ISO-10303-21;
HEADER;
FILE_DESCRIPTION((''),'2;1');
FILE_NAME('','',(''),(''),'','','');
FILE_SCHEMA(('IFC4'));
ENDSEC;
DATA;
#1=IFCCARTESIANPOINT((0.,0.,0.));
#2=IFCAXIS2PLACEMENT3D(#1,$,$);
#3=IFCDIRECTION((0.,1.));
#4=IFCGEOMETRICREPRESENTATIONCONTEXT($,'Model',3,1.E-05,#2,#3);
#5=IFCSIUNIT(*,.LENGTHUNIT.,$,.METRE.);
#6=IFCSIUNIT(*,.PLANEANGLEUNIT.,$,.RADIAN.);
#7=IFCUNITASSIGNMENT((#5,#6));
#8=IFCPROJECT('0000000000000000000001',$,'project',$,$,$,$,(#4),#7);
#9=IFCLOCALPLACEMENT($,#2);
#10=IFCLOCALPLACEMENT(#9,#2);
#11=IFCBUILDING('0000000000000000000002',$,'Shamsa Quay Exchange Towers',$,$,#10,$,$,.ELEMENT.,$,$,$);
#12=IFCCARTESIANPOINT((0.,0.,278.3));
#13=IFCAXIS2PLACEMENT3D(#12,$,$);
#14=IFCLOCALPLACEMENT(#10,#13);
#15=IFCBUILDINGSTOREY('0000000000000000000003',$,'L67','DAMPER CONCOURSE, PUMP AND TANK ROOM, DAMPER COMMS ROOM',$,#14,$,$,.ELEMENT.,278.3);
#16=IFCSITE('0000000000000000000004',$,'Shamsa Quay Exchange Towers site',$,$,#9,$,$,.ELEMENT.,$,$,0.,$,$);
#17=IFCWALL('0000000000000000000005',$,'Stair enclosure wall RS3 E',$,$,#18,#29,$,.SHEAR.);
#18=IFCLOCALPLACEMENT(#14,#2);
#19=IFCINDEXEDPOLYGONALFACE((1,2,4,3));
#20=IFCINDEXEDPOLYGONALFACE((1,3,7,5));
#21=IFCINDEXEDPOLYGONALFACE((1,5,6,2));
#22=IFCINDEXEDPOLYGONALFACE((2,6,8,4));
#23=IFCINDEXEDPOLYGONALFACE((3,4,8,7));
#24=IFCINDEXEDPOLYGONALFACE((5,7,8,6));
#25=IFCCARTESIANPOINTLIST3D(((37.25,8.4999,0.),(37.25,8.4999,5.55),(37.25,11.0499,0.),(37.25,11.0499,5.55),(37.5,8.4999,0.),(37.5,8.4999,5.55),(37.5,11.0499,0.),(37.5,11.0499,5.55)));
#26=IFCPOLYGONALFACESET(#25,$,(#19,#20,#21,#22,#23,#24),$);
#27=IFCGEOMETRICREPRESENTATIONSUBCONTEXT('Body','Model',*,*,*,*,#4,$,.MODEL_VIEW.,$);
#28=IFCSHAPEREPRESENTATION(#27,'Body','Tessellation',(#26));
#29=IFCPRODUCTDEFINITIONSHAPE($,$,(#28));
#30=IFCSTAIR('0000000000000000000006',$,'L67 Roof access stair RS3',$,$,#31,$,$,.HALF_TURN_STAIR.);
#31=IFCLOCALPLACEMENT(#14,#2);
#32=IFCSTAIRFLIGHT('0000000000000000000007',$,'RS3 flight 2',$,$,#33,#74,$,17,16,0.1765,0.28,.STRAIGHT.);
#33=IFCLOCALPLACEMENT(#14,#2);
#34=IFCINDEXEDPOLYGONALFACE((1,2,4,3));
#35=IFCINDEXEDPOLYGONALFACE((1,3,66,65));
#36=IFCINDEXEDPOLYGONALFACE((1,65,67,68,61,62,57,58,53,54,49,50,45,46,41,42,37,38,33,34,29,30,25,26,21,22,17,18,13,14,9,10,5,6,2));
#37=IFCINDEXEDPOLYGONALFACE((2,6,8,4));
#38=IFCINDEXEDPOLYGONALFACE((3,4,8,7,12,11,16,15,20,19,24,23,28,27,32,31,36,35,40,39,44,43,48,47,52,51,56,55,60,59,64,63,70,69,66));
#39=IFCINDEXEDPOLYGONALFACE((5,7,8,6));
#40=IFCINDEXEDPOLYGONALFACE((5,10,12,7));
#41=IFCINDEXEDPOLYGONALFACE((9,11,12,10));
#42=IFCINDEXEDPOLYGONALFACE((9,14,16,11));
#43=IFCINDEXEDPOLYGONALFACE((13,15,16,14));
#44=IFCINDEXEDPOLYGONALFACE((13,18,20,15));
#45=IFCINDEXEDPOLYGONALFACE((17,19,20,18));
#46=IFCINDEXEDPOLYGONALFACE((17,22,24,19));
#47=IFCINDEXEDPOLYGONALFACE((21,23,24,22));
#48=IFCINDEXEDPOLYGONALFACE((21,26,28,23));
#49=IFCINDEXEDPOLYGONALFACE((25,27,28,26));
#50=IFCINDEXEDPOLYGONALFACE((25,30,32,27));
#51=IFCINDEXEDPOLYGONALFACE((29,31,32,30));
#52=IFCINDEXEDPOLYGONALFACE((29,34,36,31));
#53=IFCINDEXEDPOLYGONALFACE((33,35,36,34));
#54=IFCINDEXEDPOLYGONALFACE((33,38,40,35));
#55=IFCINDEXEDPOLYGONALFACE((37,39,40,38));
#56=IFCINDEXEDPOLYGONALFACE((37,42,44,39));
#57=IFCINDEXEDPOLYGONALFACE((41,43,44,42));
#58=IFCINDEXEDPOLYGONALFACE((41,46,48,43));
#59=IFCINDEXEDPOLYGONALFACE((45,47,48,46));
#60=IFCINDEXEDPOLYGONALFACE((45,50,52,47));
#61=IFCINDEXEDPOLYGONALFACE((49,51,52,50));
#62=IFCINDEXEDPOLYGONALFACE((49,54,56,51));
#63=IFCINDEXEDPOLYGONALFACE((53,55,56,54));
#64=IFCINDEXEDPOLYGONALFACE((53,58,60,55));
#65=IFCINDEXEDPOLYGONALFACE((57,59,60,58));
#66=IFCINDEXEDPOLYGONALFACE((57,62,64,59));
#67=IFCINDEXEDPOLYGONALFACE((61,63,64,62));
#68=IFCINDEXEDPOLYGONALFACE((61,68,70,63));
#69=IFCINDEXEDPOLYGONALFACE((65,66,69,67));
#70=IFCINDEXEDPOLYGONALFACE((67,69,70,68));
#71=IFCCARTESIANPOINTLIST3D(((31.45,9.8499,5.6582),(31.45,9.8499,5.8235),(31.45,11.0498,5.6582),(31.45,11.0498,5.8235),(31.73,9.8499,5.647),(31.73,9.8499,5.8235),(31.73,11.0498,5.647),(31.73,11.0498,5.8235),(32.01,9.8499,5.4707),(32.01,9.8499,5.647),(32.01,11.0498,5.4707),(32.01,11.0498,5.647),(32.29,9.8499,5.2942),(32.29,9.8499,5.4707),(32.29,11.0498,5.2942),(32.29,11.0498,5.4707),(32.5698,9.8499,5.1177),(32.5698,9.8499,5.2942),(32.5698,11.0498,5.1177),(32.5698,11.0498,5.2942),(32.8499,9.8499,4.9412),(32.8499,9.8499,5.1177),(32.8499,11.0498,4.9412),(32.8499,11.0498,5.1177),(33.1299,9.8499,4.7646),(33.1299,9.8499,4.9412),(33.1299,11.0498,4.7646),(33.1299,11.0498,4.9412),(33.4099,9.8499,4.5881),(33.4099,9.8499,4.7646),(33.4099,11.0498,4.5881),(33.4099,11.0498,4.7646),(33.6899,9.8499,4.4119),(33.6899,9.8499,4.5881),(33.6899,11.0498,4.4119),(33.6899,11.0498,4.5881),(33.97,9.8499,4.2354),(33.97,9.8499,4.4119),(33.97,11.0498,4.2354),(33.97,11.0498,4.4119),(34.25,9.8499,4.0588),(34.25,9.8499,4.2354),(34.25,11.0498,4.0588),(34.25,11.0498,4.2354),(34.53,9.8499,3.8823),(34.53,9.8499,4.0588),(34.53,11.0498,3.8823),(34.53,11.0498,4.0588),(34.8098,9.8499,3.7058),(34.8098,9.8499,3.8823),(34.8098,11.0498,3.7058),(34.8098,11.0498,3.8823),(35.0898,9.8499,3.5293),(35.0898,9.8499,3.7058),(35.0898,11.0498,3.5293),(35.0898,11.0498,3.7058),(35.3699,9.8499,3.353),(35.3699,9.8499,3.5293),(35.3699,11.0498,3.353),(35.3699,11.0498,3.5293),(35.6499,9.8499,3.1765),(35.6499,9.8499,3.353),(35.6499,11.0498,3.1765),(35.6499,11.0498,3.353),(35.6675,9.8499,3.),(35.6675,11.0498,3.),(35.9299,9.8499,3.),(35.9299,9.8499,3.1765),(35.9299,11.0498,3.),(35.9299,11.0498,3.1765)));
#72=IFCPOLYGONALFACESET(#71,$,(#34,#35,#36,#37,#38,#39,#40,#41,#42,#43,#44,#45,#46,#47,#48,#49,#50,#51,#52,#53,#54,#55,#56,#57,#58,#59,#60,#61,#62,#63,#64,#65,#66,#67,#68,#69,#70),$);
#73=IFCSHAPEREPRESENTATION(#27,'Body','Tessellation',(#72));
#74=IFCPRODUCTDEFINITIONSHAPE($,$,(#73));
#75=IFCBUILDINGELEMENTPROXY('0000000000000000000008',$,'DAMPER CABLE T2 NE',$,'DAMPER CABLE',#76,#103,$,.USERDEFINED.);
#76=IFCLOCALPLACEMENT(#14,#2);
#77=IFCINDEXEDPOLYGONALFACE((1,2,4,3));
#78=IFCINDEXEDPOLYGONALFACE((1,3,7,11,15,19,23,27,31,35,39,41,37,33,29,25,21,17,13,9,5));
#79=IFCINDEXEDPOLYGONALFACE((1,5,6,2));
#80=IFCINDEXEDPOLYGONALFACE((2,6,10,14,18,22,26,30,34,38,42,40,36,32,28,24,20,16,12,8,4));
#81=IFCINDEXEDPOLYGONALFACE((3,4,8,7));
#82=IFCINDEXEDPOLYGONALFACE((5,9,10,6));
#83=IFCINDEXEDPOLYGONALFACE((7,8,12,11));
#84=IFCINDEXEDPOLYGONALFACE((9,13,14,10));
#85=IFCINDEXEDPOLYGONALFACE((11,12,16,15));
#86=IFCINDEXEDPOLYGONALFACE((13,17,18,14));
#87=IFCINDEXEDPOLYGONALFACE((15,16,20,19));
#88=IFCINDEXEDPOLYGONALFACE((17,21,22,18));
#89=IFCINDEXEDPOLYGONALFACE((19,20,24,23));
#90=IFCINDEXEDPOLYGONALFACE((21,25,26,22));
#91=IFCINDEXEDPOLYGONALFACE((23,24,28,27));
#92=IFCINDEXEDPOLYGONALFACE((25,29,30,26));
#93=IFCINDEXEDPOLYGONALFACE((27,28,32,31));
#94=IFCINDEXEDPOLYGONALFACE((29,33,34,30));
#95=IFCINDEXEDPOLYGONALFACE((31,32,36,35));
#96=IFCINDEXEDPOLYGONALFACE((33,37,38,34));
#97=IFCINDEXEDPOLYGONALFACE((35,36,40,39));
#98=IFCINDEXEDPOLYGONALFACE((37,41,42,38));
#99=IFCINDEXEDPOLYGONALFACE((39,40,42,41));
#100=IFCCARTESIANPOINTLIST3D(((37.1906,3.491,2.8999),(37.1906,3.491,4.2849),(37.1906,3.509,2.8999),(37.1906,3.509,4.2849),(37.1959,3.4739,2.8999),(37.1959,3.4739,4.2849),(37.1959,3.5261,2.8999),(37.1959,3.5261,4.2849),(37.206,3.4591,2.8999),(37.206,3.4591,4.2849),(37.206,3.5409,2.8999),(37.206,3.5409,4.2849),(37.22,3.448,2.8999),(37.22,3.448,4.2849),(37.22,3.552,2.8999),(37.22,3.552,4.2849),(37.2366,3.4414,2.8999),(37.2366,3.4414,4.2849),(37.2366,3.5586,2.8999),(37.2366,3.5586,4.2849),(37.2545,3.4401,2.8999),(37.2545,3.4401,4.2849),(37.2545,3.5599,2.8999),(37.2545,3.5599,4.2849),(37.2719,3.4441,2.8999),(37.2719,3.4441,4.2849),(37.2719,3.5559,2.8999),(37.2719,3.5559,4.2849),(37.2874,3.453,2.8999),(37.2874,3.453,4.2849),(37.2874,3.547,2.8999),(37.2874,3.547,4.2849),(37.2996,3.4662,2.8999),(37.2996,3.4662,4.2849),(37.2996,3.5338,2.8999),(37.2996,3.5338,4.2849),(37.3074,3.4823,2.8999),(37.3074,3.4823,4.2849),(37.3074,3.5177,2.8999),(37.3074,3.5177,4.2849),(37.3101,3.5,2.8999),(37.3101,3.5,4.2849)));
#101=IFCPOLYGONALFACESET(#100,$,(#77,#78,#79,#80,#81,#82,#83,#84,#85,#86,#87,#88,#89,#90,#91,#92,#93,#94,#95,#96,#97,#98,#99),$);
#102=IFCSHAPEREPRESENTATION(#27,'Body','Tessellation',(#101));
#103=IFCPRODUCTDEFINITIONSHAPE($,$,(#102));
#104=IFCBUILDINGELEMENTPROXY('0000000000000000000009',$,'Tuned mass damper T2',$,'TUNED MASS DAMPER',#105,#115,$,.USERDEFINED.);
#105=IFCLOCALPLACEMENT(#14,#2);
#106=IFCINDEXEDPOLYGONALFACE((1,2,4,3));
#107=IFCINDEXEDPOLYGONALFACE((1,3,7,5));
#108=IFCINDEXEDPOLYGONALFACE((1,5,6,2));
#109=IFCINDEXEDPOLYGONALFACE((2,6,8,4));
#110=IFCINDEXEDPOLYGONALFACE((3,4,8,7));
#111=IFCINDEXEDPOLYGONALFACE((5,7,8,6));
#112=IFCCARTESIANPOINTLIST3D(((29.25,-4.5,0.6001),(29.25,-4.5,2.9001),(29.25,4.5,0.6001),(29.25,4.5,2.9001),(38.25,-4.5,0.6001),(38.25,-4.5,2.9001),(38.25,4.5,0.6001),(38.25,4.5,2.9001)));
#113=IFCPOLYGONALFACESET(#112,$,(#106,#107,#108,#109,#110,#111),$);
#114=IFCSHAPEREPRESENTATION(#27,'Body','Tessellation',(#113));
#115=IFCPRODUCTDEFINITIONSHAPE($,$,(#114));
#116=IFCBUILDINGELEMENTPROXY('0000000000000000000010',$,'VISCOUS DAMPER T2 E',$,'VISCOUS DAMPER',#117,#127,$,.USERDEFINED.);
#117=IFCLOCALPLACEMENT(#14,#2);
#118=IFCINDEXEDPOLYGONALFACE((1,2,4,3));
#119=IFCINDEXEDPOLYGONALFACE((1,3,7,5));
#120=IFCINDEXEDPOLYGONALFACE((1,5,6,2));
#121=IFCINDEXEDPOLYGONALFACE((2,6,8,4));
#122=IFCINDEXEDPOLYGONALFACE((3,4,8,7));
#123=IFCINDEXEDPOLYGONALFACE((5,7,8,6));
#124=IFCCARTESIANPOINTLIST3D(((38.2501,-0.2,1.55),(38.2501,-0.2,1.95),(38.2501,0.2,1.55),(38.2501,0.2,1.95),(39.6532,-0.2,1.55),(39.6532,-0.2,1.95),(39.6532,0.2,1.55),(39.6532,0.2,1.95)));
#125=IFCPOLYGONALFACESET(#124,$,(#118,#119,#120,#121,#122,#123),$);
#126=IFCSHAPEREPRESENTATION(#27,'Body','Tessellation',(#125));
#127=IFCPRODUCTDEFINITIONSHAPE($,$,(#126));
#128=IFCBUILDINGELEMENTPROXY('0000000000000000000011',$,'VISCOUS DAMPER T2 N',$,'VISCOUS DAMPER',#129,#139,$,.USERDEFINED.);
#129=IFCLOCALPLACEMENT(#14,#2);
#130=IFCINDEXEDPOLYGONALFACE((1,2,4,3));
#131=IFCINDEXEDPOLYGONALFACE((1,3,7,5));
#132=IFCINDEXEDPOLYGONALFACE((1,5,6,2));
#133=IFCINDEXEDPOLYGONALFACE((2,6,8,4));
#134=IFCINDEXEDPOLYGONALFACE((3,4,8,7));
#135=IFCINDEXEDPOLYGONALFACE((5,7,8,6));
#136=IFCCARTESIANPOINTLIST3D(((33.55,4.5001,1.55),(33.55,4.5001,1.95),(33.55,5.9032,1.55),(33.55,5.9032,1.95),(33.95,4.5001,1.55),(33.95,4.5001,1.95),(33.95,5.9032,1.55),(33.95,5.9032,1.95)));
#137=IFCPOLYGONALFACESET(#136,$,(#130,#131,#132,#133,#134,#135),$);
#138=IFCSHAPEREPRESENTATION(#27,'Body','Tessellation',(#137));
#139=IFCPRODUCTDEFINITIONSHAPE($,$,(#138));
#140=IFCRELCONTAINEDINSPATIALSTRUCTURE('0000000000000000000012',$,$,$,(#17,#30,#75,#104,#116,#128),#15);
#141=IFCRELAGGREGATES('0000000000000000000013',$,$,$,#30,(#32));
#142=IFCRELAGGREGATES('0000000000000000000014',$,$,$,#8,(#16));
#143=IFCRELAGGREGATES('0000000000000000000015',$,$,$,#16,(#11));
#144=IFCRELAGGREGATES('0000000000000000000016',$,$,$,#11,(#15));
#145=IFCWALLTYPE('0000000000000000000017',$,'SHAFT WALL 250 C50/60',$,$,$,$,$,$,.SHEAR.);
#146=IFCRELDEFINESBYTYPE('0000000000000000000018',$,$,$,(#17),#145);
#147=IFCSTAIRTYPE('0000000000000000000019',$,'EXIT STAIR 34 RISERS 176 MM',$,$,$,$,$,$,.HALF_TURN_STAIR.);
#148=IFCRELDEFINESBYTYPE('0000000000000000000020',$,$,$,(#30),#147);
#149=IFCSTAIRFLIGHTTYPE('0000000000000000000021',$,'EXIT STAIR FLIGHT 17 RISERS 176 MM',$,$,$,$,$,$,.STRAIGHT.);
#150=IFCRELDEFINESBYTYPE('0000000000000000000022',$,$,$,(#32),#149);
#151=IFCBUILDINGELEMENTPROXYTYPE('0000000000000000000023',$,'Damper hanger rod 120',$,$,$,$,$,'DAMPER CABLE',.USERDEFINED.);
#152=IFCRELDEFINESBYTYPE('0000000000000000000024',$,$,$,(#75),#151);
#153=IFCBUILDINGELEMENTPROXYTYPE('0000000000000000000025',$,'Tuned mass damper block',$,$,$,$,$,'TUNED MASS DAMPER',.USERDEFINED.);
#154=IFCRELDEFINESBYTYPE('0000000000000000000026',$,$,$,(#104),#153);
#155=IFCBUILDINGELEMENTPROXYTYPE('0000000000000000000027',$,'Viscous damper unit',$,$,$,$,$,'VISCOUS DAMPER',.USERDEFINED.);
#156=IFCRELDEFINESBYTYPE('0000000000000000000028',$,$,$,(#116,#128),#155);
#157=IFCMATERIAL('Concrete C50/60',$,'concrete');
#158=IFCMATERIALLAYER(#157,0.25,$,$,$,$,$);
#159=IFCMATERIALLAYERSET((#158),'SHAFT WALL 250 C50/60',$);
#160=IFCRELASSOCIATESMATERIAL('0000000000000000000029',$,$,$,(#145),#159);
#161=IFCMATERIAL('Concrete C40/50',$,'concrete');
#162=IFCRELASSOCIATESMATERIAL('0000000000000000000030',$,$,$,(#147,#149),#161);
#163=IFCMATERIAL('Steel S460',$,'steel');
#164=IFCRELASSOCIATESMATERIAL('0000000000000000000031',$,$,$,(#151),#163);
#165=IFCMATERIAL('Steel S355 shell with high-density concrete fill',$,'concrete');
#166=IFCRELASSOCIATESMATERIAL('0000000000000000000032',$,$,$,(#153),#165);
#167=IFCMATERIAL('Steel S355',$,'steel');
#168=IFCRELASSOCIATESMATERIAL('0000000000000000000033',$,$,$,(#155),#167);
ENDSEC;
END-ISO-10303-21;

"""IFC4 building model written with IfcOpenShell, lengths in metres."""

from ifc_helpers import new_model, si_unit, direction, frame, frame_2d, origin, origin_2d, place, context, subcontext, project, spatial, polyline, rectangle, circle, outline, extrude, material, layer, layer_set, material_profile, profile_set, type_object, element, aggregate, save


model = new_model("IFC4")

# Units and contexts
model_context = context("Model", 3, precision=1e-05, world=origin(), true_north=direction((0.0, 1.0)))
body_context = subcontext(model_context, "Body", "Model", "MODEL_VIEW")
ifc_project = project(units=[si_unit("LENGTHUNIT", "METRE"), si_unit("PLANEANGLEUNIT", "RADIAN")], contexts=[model_context])

# Site, building, storey
site_placement = place(None, origin())
site = spatial("IfcSite", under=ifc_project, at=site_placement, Name="Shamsa Quay Exchange Towers site", CompositionType="ELEMENT", RefElevation=0.0)
building_placement = place(site_placement, origin())
building = spatial("IfcBuilding", under=site, at=building_placement, Name="Shamsa Quay Exchange Towers", CompositionType="ELEMENT")
storey_placement = place(building_placement, frame((0.0, 0.0, 278.3)))
storey = spatial("IfcBuildingStorey", under=building, at=storey_placement, Name="L67", Description="DAMPER CONCOURSE, PUMP AND TANK ROOM, DAMPER COMMS ROOM", CompositionType="ELEMENT", Elevation=278.3)

# Shared definitions
ifc_material_1 = material(Name="Steel S355", Category="steel")

# Shared definitions
ifc_material_2 = material(Name="Concrete C50/60", Category="concrete")
ifc_layer_1 = layer(ifc_material_2, 0.25)
ifc_layer_set_1 = layer_set([ifc_layer_1], Name="SHAFT WALL 250 C50/60")
wall_type_1 = type_object("IfcWallType", Name="SHAFT WALL 250 C50/60", PredefinedType="SHEAR", material=ifc_layer_set_1)

# Wall
wall_1_placement = place(storey_placement, frame((37.375, 8.5, 0.0), z_axis=(0.0, 0.0, 1.0), x_axis=(0.0, 1.0, 0.0)))
element("IfcWall", 1, at=wall_1_placement, inside=storey, type_object=wall_type_1, Name="Stair enclosure wall RS3 E", PredefinedType="SHEAR", context=body_context, shape_type="SweptSolid", body=[
    extrude(rectangle(XDim=2.55, YDim=0.25, at=frame_2d((1.2749, 0.0))), origin(), (0.0, 0.0, 1.0), 5.55),
])

# Stair, stair flight
ifc_material_3 = material(Name="Concrete C40/50", Category="concrete")
stair_type = type_object("IfcStairType", Name="EXIT STAIR 34 RISERS 176 MM", PredefinedType="HALF_TURN_STAIR", material=ifc_material_3)
stair_placement = place(storey_placement, origin())
stair = element("IfcStair", 2, at=stair_placement, inside=storey, type_object=stair_type, Name="L67 Roof access stair RS3", PredefinedType="HALF_TURN_STAIR")
stair_flight_type = type_object("IfcStairFlightType", Name="EXIT STAIR FLIGHT 17 RISERS 176 MM", PredefinedType="STRAIGHT", material=ifc_material_3)
stair_flight_placement = place(storey_placement, frame((35.9299, 10.45, 3.0), z_axis=(0.0, 0.0, 1.0), x_axis=(-1.0, 0.0, 0.0)))
stair_flight = element("IfcStairFlight", 3, at=stair_flight_placement, type_object=stair_flight_type, Name="RS3 flight 2", NumberOfRisers=17, NumberOfTreads=16, PredefinedType="STRAIGHT", RiserHeight=0.1765, TreadLength=0.28, context=body_context, shape_type="SweptSolid", body=[
    extrude(outline(polyline([(0.0, 0.0), (0.0, 0.1765), (0.28, 0.1765), (0.28, 0.353), (0.5601, 0.353), (0.5601, 0.5293), (0.8401, 0.5293), (0.8401, 0.7058), (1.1201, 0.7058), (1.1201, 0.8823), (1.3999, 0.8823), (1.3999, 1.0588), (1.6799, 1.0588), (1.6799, 1.2354), (1.96, 1.2354), (1.96, 1.4119), (2.24, 1.4119), (2.24, 1.5881), (2.52, 1.5881), (2.52, 1.7646), (2.8, 1.7646), (2.8, 1.9412), (3.0801, 1.9412), (3.0801, 2.1177), (3.3601, 2.1177), (3.3601, 2.2942), (3.6399, 2.2942), (3.6399, 2.4707), (3.9199, 2.4707), (3.9199, 2.647), (4.2, 2.647), (4.2, 2.8235), (4.48, 2.8235), (4.48, 3.0), (4.48, 2.6582), (0.2625, 0.0), (0.0, 0.0)])), frame((0.0, 0.6001, 0.0), z_axis=(0.0, -1.0, 0.0), x_axis=(1.0, 0.0, 0.0)), (0.0, 0.0, 1.0), 1.2),
])
aggregate(stair, [stair_flight])

# Building element proxies
ifc_material_4 = material(Name="Steel S460", Category="steel")
ifc_material_profile_1 = material_profile(ifc_material_4, circle(Radius=0.0601, at=origin_2d()), Name="R120")
ifc_profile_set_1 = profile_set([ifc_material_profile_1], Name="Steel S460")
building_element_proxy_type_1 = type_object("IfcBuildingElementProxyType", Name="Damper hanger rod 120", ElementType="DAMPER CABLE", PredefinedType="USERDEFINED", material=ifc_profile_set_1)
proxy_1_placement = place(storey_placement, frame((37.25, 3.5, 2.8999)))
element("IfcBuildingElementProxy", 4, at=proxy_1_placement, inside=storey, type_object=building_element_proxy_type_1, Name="DAMPER CABLE T2 NE", ObjectType="DAMPER CABLE", PredefinedType="USERDEFINED", context=body_context, shape_type="SweptSolid", body=[
    extrude(circle(Radius=0.0601, at=origin_2d()), origin(), (0.0, 0.0, 1.0), 1.385),
])
ifc_material_5 = material(Name="Steel S355 shell with high-density concrete fill", Category="concrete")
building_element_proxy_type_2 = type_object("IfcBuildingElementProxyType", Name="Tuned mass damper block", ElementType="TUNED MASS DAMPER", PredefinedType="USERDEFINED", material=ifc_material_5)
proxy_2_placement = place(storey_placement, frame((33.75, 0.0, 0.6001)))
element("IfcBuildingElementProxy", 5, at=proxy_2_placement, inside=storey, type_object=building_element_proxy_type_2, Name="Tuned mass damper T2", ObjectType="TUNED MASS DAMPER", PredefinedType="USERDEFINED", context=body_context, shape_type="SweptSolid", body=[
    extrude(rectangle(XDim=9.0, YDim=9.0, at=origin_2d()), origin(), (0.0, 0.0, 1.0), 2.3),
])
building_element_proxy_type_3 = type_object("IfcBuildingElementProxyType", Name="Viscous damper unit", ElementType="VISCOUS DAMPER", PredefinedType="USERDEFINED", material=ifc_material_1)
proxy_3_placement = place(storey_placement, frame((38.9517, 0.0, 1.55)))
element("IfcBuildingElementProxy", 6, at=proxy_3_placement, inside=storey, type_object=building_element_proxy_type_3, Name="VISCOUS DAMPER T2 E", ObjectType="VISCOUS DAMPER", PredefinedType="USERDEFINED", context=body_context, shape_type="SweptSolid", body=[
    extrude(rectangle(XDim=1.4031, YDim=0.3999, at=origin_2d()), origin(), (0.0, 0.0, 1.0), 0.3999),
])
proxy_4_placement = place(storey_placement, frame((33.75, 5.2017, 1.55)))
element("IfcBuildingElementProxy", 7, at=proxy_4_placement, inside=storey, type_object=building_element_proxy_type_3, Name="VISCOUS DAMPER T2 N", ObjectType="VISCOUS DAMPER", PredefinedType="USERDEFINED", context=body_context, shape_type="SweptSolid", body=[
    extrude(rectangle(XDim=0.3999, YDim=1.4031, at=origin_2d()), origin(), (0.0, 0.0, 1.0), 0.3999),
])

save(model, "model.ifc")
